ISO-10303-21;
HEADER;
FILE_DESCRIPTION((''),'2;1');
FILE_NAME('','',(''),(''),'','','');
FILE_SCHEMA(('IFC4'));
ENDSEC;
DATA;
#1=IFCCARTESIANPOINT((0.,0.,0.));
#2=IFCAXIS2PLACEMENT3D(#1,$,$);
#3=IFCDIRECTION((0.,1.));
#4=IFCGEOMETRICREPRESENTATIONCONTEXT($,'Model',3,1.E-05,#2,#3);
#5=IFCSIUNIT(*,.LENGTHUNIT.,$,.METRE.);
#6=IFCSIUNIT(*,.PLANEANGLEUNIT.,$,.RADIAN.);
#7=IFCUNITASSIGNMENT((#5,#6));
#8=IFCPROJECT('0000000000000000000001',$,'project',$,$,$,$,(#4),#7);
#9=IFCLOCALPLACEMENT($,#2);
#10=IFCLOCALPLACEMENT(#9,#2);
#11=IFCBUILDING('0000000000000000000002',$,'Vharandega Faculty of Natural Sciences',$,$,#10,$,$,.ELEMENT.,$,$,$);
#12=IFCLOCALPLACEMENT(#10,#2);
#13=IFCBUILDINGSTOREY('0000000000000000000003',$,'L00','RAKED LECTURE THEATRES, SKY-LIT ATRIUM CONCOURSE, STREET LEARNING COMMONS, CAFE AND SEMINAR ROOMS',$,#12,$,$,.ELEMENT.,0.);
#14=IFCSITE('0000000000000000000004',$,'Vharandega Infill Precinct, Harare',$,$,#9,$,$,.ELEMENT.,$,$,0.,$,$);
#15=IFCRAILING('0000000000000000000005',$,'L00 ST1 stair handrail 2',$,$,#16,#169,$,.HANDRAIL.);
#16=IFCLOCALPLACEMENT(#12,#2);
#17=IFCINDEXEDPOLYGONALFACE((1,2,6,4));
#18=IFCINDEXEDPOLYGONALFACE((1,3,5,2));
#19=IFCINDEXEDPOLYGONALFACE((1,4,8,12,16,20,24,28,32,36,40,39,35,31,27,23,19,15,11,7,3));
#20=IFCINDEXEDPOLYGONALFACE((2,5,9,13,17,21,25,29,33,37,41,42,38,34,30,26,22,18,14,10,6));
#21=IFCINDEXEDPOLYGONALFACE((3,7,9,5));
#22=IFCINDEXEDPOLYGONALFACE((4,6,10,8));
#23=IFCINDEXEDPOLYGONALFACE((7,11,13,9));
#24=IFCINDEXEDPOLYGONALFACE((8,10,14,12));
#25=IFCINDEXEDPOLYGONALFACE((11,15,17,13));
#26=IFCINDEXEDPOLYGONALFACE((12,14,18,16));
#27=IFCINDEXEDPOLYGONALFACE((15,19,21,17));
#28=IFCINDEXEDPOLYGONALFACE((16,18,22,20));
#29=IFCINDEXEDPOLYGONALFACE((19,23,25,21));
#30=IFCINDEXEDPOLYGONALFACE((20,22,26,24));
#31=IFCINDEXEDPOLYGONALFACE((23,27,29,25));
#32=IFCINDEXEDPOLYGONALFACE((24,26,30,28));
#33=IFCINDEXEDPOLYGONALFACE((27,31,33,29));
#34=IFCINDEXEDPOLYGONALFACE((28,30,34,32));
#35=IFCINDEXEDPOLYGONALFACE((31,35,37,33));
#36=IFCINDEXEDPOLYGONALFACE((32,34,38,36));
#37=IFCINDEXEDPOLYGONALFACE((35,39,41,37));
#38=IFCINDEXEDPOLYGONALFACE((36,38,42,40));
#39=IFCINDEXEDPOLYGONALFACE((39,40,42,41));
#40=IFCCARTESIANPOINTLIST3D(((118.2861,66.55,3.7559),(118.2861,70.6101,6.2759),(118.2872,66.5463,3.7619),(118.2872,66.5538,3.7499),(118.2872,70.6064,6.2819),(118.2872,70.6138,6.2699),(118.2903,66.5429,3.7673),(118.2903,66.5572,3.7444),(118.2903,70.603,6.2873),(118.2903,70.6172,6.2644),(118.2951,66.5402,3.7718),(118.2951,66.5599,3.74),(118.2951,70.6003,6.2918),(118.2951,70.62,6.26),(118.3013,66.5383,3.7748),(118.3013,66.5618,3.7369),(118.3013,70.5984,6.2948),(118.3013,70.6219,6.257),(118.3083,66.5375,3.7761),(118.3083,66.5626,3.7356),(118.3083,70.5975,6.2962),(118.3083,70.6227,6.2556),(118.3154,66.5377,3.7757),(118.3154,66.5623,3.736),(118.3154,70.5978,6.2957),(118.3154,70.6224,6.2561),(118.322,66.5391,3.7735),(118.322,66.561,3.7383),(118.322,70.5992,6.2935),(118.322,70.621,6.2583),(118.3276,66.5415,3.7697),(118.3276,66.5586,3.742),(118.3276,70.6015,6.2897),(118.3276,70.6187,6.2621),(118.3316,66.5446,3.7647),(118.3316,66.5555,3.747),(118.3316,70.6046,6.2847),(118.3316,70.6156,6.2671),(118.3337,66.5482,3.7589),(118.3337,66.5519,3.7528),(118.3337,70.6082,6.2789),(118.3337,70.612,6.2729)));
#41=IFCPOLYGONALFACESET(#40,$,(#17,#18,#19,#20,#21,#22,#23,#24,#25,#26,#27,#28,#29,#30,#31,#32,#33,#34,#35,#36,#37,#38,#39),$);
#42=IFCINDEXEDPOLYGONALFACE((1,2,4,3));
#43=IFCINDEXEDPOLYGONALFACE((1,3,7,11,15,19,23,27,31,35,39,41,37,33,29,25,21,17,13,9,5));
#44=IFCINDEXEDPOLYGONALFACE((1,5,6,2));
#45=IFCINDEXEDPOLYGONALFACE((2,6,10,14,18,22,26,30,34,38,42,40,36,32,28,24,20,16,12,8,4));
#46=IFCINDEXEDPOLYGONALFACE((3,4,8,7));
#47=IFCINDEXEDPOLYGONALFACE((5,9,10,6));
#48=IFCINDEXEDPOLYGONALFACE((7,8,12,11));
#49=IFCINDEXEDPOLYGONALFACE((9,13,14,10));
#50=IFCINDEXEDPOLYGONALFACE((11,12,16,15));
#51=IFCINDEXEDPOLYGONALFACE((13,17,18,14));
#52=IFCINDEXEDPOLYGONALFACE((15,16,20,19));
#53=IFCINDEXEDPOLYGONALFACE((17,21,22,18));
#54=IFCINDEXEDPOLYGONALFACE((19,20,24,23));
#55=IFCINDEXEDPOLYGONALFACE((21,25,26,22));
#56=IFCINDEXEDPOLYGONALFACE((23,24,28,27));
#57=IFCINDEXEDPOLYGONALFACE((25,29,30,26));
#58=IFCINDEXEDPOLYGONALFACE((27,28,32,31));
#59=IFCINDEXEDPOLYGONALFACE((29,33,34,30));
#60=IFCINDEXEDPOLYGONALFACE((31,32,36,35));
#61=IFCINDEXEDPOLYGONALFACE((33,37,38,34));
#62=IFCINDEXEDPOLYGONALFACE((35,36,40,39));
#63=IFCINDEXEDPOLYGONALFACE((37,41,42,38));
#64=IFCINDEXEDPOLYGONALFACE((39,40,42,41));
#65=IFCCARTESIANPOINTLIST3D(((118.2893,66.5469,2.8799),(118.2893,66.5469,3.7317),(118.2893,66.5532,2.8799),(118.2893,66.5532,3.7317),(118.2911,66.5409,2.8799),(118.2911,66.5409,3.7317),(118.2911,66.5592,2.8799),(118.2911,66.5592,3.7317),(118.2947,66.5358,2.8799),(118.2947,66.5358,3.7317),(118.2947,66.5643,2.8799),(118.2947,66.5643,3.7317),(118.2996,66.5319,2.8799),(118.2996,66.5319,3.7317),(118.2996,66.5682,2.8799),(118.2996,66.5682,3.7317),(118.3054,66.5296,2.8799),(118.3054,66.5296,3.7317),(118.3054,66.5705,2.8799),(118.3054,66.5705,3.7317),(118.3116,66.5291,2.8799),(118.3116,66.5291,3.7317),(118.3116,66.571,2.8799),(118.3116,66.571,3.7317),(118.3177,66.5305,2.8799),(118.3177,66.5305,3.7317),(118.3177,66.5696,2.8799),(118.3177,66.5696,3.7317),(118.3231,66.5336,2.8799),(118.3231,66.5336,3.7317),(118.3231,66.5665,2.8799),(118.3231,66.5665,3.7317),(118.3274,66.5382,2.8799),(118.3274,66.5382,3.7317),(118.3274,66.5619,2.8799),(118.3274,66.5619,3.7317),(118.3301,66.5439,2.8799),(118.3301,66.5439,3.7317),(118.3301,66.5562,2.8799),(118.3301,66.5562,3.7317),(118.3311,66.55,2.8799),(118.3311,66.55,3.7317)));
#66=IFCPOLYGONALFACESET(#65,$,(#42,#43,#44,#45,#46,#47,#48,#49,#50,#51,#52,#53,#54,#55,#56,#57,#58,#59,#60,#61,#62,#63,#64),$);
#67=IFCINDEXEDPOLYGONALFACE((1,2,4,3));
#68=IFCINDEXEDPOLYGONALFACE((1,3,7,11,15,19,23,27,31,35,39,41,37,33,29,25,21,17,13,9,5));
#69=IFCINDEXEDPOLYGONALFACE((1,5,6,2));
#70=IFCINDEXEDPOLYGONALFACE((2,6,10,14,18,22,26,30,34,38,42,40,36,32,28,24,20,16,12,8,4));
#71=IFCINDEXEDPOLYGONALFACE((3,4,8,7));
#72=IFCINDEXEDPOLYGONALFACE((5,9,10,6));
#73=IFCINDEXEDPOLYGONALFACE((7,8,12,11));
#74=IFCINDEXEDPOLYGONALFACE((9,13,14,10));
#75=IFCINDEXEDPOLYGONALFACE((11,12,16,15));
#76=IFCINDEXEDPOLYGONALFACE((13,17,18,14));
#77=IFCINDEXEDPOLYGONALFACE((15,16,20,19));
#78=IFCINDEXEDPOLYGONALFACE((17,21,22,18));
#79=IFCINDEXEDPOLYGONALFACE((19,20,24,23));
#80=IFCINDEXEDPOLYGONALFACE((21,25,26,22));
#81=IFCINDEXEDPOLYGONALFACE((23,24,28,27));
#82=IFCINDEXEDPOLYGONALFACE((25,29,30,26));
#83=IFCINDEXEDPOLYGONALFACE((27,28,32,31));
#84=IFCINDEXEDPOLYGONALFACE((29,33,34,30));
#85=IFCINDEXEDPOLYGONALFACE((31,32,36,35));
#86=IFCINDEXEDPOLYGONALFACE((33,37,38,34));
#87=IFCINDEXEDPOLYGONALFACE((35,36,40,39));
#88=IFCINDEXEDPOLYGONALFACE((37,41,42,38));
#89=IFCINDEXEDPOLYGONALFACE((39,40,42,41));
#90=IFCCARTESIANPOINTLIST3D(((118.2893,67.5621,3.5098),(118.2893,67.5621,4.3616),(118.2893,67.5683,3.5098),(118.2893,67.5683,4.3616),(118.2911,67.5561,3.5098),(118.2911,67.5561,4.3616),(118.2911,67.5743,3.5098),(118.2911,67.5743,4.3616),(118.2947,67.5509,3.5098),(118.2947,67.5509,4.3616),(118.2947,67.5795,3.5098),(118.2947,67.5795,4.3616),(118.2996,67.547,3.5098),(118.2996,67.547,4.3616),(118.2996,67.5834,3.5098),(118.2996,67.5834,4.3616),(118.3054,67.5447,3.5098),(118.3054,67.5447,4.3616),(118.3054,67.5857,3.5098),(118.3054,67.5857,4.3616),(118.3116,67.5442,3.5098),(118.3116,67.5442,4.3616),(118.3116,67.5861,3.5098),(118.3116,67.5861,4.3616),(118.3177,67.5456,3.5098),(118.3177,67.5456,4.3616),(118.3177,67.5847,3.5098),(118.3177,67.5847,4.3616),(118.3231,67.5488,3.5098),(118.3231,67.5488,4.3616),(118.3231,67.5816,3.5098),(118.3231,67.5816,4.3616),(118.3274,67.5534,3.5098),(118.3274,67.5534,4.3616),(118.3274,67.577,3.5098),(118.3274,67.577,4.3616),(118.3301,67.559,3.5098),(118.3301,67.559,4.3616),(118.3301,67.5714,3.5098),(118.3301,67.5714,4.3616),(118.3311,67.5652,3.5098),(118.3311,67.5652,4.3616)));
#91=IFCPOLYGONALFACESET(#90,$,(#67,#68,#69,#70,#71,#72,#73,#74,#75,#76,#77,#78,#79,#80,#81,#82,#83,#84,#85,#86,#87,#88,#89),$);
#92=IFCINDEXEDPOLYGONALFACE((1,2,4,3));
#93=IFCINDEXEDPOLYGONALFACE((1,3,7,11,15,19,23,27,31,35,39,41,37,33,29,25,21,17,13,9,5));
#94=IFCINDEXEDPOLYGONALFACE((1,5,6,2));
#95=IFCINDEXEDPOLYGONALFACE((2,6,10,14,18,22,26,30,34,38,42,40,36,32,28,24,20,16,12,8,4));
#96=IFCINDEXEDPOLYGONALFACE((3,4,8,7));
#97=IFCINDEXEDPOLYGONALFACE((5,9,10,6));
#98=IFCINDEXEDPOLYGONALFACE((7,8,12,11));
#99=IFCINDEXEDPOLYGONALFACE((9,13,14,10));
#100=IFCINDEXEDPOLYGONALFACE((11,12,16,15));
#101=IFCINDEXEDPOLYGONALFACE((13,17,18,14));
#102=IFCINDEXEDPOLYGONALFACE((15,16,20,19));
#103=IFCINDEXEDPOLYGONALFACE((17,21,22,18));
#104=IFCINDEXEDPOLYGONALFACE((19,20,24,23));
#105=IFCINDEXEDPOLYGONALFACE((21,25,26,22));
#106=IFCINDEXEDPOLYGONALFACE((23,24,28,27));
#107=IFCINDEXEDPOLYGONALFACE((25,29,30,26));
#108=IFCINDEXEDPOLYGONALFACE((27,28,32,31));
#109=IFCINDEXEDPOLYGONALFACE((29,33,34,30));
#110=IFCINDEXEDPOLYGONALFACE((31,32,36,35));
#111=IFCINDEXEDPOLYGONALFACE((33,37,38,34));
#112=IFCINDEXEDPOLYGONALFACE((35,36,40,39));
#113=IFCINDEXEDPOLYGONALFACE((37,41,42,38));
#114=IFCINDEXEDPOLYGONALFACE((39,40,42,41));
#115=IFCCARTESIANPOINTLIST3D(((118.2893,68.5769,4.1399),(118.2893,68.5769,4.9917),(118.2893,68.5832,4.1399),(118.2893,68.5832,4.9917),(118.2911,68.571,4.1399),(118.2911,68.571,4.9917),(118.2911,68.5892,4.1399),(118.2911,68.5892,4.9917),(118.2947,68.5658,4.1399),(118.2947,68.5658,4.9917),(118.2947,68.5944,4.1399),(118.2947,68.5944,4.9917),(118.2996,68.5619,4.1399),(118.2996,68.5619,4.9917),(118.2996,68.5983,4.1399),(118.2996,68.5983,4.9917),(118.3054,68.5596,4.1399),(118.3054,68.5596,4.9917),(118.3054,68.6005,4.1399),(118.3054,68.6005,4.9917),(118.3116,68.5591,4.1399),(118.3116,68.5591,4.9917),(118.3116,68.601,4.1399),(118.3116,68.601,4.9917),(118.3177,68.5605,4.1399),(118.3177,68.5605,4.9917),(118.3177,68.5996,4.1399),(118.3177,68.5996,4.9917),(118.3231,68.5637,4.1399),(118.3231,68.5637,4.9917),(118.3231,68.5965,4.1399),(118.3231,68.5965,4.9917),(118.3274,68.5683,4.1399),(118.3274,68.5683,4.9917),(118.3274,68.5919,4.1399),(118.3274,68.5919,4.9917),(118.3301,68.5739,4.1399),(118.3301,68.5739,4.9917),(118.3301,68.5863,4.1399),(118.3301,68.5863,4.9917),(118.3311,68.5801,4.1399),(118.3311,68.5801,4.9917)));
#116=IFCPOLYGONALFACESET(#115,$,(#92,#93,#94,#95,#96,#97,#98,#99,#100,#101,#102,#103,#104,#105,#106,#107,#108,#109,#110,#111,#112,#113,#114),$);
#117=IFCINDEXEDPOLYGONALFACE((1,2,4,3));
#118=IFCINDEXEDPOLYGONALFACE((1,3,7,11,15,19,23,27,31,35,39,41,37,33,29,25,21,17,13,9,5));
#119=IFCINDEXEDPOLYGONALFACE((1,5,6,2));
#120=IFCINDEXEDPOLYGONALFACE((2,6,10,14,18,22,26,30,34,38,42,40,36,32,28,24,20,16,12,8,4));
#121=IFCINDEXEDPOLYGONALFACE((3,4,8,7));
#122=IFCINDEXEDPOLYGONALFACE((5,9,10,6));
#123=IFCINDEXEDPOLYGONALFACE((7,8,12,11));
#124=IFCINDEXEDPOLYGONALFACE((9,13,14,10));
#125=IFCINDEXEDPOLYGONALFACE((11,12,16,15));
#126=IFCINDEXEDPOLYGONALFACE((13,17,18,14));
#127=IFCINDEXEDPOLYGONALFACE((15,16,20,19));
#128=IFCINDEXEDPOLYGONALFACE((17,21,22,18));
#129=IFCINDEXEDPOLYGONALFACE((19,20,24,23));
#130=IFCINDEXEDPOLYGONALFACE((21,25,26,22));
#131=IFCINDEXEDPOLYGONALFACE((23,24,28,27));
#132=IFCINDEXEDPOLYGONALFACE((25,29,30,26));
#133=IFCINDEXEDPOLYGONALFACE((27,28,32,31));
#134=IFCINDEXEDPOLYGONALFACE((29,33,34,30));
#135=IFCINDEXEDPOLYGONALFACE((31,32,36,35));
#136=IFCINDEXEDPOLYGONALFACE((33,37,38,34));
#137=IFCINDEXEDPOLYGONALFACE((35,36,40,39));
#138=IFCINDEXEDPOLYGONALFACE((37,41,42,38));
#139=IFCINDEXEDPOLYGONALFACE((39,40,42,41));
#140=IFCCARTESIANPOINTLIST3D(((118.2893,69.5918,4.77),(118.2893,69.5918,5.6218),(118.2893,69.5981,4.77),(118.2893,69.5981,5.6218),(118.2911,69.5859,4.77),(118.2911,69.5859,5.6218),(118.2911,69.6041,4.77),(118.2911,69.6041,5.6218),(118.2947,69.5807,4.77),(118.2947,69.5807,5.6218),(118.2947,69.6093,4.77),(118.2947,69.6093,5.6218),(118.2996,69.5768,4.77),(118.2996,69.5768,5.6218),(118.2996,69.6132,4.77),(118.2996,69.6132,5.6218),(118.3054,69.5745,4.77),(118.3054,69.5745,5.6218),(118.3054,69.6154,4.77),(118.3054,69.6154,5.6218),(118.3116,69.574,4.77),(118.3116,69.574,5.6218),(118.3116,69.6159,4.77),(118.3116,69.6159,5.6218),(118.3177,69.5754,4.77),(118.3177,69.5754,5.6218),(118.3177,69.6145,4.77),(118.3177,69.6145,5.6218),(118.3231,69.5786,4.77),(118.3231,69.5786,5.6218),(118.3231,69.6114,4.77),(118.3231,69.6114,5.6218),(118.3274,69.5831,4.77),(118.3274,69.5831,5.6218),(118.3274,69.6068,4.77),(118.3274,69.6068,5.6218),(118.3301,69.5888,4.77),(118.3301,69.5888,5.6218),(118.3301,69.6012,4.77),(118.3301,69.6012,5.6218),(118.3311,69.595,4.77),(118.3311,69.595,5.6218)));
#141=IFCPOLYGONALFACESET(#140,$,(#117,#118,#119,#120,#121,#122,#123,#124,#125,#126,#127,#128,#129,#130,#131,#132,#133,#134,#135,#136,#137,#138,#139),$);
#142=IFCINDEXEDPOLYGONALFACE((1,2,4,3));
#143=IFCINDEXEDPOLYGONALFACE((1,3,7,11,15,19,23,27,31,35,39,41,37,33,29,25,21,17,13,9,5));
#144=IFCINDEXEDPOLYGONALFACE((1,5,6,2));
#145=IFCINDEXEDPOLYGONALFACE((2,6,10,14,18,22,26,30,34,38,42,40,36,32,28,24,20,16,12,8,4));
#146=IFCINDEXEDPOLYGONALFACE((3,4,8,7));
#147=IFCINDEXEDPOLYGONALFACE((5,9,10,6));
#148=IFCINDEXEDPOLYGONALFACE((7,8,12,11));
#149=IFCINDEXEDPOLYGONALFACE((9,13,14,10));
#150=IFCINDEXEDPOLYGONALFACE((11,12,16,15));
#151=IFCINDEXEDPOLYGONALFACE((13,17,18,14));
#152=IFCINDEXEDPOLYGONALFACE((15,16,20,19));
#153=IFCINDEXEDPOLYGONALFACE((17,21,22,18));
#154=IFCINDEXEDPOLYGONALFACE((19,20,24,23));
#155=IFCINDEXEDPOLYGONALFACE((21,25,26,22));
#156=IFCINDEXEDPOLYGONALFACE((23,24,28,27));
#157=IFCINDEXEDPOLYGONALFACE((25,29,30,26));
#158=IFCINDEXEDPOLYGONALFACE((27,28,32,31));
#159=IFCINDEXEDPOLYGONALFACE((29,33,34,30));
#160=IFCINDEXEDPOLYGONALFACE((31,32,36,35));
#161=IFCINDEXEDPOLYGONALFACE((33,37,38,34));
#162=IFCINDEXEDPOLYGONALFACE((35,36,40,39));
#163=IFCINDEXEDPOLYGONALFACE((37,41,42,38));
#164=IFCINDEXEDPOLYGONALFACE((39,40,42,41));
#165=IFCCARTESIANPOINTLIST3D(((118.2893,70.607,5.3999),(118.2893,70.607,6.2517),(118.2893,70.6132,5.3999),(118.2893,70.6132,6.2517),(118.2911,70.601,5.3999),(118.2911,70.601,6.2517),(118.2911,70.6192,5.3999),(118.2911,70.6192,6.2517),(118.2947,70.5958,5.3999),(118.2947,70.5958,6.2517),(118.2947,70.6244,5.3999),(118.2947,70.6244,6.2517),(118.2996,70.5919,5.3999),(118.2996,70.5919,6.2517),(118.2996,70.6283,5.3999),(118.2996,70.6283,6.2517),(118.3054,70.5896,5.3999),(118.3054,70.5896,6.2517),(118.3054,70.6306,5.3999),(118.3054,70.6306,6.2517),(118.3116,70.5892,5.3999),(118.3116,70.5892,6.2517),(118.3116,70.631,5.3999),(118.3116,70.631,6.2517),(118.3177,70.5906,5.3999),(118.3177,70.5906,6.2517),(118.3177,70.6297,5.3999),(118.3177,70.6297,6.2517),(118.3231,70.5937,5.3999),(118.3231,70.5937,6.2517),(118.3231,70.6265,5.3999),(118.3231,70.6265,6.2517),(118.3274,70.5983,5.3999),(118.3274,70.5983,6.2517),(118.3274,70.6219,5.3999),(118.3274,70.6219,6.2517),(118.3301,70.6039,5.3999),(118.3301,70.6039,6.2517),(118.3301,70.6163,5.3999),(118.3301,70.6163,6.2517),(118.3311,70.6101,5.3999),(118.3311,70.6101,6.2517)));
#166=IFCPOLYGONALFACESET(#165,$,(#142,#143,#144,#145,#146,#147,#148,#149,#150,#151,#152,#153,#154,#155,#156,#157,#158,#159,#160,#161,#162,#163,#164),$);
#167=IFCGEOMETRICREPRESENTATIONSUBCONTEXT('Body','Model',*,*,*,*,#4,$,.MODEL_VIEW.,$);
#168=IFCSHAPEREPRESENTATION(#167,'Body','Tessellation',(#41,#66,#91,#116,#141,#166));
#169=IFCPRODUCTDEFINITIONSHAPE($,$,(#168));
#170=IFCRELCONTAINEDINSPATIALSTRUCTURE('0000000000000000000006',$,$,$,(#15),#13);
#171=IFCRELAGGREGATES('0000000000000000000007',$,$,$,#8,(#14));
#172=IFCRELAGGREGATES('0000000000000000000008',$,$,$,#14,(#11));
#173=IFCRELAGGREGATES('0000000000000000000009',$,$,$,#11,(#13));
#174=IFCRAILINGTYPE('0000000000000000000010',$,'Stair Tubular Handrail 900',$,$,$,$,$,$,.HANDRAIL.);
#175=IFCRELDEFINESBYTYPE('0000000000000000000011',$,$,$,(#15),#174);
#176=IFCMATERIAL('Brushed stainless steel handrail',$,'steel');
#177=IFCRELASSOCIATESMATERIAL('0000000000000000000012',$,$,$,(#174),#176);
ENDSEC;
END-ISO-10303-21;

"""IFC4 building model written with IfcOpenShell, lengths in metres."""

from ifc_helpers import new_model, si_unit, direction, frame, origin, origin_2d, place, context, subcontext, project, spatial, circle, extrude, material, type_object, element, save


model = new_model("IFC4")

# Units and contexts
model_context = context("Model", 3, precision=1e-05, world=origin(), true_north=direction((0.0, 1.0)))
body_context = subcontext(model_context, "Body", "Model", "MODEL_VIEW")
ifc_project = project(units=[si_unit("LENGTHUNIT", "METRE"), si_unit("PLANEANGLEUNIT", "RADIAN")], contexts=[model_context])

# Site, building, storey
site_placement = place(None, origin())
site = spatial("IfcSite", under=ifc_project, at=site_placement, Name="Vharandega Infill Precinct, Harare", CompositionType="ELEMENT", RefElevation=0.0)
building_placement = place(site_placement, origin())
building = spatial("IfcBuilding", under=site, at=building_placement, Name="Vharandega Faculty of Natural Sciences", CompositionType="ELEMENT")
storey_placement = place(building_placement, origin())
storey = spatial("IfcBuildingStorey", under=building, at=storey_placement, Name="L00", Description="RAKED LECTURE THEATRES, SKY-LIT ATRIUM CONCOURSE, STREET LEARNING COMMONS, CAFE AND SEMINAR ROOMS", CompositionType="ELEMENT", Elevation=0.0)

# Railing
ifc_material_1 = material(Name="Brushed stainless steel handrail", Category="steel")
railing_type_1 = type_object("IfcRailingType", Name="Stair Tubular Handrail 900", PredefinedType="HANDRAIL", material=ifc_material_1)
railing_1_placement = place(storey_placement, frame((118.3101, 66.55, 2.8799)))
element("IfcRailing", 1, at=railing_1_placement, inside=storey, type_object=railing_type_1, Name="L00 ST1 stair handrail 2", PredefinedType="HANDRAIL", context=body_context, shape_type="SweptSolid", body=[
    extrude(circle(Radius=0.0239, at=origin_2d()), frame((0.0, 0.0, 0.876), z_axis=(0.0, 0.849642, 0.52736), x_axis=(-1.0, 0.0, 0.0)), (0.0, 0.0, 1.0), 4.7786),
    extrude(circle(Radius=0.021, at=origin_2d()), origin(), (0.0, 0.0, 1.0), 0.8518),
    extrude(circle(Radius=0.021, at=origin_2d()), frame((0.0, 1.0151, 0.6299)), (0.0, 0.0, 1.0), 0.8518),
    extrude(circle(Radius=0.021, at=origin_2d()), frame((0.0, 2.03, 1.26)), (0.0, 0.0, 1.0), 0.8518),
    extrude(circle(Radius=0.021, at=origin_2d()), frame((0.0, 3.0449, 1.8901)), (0.0, 0.0, 1.0), 0.8518),
    extrude(circle(Radius=0.021, at=origin_2d()), frame((0.0, 4.0601, 2.52)), (0.0, 0.0, 1.0), 0.8518),
])

save(model, "model.ifc")
